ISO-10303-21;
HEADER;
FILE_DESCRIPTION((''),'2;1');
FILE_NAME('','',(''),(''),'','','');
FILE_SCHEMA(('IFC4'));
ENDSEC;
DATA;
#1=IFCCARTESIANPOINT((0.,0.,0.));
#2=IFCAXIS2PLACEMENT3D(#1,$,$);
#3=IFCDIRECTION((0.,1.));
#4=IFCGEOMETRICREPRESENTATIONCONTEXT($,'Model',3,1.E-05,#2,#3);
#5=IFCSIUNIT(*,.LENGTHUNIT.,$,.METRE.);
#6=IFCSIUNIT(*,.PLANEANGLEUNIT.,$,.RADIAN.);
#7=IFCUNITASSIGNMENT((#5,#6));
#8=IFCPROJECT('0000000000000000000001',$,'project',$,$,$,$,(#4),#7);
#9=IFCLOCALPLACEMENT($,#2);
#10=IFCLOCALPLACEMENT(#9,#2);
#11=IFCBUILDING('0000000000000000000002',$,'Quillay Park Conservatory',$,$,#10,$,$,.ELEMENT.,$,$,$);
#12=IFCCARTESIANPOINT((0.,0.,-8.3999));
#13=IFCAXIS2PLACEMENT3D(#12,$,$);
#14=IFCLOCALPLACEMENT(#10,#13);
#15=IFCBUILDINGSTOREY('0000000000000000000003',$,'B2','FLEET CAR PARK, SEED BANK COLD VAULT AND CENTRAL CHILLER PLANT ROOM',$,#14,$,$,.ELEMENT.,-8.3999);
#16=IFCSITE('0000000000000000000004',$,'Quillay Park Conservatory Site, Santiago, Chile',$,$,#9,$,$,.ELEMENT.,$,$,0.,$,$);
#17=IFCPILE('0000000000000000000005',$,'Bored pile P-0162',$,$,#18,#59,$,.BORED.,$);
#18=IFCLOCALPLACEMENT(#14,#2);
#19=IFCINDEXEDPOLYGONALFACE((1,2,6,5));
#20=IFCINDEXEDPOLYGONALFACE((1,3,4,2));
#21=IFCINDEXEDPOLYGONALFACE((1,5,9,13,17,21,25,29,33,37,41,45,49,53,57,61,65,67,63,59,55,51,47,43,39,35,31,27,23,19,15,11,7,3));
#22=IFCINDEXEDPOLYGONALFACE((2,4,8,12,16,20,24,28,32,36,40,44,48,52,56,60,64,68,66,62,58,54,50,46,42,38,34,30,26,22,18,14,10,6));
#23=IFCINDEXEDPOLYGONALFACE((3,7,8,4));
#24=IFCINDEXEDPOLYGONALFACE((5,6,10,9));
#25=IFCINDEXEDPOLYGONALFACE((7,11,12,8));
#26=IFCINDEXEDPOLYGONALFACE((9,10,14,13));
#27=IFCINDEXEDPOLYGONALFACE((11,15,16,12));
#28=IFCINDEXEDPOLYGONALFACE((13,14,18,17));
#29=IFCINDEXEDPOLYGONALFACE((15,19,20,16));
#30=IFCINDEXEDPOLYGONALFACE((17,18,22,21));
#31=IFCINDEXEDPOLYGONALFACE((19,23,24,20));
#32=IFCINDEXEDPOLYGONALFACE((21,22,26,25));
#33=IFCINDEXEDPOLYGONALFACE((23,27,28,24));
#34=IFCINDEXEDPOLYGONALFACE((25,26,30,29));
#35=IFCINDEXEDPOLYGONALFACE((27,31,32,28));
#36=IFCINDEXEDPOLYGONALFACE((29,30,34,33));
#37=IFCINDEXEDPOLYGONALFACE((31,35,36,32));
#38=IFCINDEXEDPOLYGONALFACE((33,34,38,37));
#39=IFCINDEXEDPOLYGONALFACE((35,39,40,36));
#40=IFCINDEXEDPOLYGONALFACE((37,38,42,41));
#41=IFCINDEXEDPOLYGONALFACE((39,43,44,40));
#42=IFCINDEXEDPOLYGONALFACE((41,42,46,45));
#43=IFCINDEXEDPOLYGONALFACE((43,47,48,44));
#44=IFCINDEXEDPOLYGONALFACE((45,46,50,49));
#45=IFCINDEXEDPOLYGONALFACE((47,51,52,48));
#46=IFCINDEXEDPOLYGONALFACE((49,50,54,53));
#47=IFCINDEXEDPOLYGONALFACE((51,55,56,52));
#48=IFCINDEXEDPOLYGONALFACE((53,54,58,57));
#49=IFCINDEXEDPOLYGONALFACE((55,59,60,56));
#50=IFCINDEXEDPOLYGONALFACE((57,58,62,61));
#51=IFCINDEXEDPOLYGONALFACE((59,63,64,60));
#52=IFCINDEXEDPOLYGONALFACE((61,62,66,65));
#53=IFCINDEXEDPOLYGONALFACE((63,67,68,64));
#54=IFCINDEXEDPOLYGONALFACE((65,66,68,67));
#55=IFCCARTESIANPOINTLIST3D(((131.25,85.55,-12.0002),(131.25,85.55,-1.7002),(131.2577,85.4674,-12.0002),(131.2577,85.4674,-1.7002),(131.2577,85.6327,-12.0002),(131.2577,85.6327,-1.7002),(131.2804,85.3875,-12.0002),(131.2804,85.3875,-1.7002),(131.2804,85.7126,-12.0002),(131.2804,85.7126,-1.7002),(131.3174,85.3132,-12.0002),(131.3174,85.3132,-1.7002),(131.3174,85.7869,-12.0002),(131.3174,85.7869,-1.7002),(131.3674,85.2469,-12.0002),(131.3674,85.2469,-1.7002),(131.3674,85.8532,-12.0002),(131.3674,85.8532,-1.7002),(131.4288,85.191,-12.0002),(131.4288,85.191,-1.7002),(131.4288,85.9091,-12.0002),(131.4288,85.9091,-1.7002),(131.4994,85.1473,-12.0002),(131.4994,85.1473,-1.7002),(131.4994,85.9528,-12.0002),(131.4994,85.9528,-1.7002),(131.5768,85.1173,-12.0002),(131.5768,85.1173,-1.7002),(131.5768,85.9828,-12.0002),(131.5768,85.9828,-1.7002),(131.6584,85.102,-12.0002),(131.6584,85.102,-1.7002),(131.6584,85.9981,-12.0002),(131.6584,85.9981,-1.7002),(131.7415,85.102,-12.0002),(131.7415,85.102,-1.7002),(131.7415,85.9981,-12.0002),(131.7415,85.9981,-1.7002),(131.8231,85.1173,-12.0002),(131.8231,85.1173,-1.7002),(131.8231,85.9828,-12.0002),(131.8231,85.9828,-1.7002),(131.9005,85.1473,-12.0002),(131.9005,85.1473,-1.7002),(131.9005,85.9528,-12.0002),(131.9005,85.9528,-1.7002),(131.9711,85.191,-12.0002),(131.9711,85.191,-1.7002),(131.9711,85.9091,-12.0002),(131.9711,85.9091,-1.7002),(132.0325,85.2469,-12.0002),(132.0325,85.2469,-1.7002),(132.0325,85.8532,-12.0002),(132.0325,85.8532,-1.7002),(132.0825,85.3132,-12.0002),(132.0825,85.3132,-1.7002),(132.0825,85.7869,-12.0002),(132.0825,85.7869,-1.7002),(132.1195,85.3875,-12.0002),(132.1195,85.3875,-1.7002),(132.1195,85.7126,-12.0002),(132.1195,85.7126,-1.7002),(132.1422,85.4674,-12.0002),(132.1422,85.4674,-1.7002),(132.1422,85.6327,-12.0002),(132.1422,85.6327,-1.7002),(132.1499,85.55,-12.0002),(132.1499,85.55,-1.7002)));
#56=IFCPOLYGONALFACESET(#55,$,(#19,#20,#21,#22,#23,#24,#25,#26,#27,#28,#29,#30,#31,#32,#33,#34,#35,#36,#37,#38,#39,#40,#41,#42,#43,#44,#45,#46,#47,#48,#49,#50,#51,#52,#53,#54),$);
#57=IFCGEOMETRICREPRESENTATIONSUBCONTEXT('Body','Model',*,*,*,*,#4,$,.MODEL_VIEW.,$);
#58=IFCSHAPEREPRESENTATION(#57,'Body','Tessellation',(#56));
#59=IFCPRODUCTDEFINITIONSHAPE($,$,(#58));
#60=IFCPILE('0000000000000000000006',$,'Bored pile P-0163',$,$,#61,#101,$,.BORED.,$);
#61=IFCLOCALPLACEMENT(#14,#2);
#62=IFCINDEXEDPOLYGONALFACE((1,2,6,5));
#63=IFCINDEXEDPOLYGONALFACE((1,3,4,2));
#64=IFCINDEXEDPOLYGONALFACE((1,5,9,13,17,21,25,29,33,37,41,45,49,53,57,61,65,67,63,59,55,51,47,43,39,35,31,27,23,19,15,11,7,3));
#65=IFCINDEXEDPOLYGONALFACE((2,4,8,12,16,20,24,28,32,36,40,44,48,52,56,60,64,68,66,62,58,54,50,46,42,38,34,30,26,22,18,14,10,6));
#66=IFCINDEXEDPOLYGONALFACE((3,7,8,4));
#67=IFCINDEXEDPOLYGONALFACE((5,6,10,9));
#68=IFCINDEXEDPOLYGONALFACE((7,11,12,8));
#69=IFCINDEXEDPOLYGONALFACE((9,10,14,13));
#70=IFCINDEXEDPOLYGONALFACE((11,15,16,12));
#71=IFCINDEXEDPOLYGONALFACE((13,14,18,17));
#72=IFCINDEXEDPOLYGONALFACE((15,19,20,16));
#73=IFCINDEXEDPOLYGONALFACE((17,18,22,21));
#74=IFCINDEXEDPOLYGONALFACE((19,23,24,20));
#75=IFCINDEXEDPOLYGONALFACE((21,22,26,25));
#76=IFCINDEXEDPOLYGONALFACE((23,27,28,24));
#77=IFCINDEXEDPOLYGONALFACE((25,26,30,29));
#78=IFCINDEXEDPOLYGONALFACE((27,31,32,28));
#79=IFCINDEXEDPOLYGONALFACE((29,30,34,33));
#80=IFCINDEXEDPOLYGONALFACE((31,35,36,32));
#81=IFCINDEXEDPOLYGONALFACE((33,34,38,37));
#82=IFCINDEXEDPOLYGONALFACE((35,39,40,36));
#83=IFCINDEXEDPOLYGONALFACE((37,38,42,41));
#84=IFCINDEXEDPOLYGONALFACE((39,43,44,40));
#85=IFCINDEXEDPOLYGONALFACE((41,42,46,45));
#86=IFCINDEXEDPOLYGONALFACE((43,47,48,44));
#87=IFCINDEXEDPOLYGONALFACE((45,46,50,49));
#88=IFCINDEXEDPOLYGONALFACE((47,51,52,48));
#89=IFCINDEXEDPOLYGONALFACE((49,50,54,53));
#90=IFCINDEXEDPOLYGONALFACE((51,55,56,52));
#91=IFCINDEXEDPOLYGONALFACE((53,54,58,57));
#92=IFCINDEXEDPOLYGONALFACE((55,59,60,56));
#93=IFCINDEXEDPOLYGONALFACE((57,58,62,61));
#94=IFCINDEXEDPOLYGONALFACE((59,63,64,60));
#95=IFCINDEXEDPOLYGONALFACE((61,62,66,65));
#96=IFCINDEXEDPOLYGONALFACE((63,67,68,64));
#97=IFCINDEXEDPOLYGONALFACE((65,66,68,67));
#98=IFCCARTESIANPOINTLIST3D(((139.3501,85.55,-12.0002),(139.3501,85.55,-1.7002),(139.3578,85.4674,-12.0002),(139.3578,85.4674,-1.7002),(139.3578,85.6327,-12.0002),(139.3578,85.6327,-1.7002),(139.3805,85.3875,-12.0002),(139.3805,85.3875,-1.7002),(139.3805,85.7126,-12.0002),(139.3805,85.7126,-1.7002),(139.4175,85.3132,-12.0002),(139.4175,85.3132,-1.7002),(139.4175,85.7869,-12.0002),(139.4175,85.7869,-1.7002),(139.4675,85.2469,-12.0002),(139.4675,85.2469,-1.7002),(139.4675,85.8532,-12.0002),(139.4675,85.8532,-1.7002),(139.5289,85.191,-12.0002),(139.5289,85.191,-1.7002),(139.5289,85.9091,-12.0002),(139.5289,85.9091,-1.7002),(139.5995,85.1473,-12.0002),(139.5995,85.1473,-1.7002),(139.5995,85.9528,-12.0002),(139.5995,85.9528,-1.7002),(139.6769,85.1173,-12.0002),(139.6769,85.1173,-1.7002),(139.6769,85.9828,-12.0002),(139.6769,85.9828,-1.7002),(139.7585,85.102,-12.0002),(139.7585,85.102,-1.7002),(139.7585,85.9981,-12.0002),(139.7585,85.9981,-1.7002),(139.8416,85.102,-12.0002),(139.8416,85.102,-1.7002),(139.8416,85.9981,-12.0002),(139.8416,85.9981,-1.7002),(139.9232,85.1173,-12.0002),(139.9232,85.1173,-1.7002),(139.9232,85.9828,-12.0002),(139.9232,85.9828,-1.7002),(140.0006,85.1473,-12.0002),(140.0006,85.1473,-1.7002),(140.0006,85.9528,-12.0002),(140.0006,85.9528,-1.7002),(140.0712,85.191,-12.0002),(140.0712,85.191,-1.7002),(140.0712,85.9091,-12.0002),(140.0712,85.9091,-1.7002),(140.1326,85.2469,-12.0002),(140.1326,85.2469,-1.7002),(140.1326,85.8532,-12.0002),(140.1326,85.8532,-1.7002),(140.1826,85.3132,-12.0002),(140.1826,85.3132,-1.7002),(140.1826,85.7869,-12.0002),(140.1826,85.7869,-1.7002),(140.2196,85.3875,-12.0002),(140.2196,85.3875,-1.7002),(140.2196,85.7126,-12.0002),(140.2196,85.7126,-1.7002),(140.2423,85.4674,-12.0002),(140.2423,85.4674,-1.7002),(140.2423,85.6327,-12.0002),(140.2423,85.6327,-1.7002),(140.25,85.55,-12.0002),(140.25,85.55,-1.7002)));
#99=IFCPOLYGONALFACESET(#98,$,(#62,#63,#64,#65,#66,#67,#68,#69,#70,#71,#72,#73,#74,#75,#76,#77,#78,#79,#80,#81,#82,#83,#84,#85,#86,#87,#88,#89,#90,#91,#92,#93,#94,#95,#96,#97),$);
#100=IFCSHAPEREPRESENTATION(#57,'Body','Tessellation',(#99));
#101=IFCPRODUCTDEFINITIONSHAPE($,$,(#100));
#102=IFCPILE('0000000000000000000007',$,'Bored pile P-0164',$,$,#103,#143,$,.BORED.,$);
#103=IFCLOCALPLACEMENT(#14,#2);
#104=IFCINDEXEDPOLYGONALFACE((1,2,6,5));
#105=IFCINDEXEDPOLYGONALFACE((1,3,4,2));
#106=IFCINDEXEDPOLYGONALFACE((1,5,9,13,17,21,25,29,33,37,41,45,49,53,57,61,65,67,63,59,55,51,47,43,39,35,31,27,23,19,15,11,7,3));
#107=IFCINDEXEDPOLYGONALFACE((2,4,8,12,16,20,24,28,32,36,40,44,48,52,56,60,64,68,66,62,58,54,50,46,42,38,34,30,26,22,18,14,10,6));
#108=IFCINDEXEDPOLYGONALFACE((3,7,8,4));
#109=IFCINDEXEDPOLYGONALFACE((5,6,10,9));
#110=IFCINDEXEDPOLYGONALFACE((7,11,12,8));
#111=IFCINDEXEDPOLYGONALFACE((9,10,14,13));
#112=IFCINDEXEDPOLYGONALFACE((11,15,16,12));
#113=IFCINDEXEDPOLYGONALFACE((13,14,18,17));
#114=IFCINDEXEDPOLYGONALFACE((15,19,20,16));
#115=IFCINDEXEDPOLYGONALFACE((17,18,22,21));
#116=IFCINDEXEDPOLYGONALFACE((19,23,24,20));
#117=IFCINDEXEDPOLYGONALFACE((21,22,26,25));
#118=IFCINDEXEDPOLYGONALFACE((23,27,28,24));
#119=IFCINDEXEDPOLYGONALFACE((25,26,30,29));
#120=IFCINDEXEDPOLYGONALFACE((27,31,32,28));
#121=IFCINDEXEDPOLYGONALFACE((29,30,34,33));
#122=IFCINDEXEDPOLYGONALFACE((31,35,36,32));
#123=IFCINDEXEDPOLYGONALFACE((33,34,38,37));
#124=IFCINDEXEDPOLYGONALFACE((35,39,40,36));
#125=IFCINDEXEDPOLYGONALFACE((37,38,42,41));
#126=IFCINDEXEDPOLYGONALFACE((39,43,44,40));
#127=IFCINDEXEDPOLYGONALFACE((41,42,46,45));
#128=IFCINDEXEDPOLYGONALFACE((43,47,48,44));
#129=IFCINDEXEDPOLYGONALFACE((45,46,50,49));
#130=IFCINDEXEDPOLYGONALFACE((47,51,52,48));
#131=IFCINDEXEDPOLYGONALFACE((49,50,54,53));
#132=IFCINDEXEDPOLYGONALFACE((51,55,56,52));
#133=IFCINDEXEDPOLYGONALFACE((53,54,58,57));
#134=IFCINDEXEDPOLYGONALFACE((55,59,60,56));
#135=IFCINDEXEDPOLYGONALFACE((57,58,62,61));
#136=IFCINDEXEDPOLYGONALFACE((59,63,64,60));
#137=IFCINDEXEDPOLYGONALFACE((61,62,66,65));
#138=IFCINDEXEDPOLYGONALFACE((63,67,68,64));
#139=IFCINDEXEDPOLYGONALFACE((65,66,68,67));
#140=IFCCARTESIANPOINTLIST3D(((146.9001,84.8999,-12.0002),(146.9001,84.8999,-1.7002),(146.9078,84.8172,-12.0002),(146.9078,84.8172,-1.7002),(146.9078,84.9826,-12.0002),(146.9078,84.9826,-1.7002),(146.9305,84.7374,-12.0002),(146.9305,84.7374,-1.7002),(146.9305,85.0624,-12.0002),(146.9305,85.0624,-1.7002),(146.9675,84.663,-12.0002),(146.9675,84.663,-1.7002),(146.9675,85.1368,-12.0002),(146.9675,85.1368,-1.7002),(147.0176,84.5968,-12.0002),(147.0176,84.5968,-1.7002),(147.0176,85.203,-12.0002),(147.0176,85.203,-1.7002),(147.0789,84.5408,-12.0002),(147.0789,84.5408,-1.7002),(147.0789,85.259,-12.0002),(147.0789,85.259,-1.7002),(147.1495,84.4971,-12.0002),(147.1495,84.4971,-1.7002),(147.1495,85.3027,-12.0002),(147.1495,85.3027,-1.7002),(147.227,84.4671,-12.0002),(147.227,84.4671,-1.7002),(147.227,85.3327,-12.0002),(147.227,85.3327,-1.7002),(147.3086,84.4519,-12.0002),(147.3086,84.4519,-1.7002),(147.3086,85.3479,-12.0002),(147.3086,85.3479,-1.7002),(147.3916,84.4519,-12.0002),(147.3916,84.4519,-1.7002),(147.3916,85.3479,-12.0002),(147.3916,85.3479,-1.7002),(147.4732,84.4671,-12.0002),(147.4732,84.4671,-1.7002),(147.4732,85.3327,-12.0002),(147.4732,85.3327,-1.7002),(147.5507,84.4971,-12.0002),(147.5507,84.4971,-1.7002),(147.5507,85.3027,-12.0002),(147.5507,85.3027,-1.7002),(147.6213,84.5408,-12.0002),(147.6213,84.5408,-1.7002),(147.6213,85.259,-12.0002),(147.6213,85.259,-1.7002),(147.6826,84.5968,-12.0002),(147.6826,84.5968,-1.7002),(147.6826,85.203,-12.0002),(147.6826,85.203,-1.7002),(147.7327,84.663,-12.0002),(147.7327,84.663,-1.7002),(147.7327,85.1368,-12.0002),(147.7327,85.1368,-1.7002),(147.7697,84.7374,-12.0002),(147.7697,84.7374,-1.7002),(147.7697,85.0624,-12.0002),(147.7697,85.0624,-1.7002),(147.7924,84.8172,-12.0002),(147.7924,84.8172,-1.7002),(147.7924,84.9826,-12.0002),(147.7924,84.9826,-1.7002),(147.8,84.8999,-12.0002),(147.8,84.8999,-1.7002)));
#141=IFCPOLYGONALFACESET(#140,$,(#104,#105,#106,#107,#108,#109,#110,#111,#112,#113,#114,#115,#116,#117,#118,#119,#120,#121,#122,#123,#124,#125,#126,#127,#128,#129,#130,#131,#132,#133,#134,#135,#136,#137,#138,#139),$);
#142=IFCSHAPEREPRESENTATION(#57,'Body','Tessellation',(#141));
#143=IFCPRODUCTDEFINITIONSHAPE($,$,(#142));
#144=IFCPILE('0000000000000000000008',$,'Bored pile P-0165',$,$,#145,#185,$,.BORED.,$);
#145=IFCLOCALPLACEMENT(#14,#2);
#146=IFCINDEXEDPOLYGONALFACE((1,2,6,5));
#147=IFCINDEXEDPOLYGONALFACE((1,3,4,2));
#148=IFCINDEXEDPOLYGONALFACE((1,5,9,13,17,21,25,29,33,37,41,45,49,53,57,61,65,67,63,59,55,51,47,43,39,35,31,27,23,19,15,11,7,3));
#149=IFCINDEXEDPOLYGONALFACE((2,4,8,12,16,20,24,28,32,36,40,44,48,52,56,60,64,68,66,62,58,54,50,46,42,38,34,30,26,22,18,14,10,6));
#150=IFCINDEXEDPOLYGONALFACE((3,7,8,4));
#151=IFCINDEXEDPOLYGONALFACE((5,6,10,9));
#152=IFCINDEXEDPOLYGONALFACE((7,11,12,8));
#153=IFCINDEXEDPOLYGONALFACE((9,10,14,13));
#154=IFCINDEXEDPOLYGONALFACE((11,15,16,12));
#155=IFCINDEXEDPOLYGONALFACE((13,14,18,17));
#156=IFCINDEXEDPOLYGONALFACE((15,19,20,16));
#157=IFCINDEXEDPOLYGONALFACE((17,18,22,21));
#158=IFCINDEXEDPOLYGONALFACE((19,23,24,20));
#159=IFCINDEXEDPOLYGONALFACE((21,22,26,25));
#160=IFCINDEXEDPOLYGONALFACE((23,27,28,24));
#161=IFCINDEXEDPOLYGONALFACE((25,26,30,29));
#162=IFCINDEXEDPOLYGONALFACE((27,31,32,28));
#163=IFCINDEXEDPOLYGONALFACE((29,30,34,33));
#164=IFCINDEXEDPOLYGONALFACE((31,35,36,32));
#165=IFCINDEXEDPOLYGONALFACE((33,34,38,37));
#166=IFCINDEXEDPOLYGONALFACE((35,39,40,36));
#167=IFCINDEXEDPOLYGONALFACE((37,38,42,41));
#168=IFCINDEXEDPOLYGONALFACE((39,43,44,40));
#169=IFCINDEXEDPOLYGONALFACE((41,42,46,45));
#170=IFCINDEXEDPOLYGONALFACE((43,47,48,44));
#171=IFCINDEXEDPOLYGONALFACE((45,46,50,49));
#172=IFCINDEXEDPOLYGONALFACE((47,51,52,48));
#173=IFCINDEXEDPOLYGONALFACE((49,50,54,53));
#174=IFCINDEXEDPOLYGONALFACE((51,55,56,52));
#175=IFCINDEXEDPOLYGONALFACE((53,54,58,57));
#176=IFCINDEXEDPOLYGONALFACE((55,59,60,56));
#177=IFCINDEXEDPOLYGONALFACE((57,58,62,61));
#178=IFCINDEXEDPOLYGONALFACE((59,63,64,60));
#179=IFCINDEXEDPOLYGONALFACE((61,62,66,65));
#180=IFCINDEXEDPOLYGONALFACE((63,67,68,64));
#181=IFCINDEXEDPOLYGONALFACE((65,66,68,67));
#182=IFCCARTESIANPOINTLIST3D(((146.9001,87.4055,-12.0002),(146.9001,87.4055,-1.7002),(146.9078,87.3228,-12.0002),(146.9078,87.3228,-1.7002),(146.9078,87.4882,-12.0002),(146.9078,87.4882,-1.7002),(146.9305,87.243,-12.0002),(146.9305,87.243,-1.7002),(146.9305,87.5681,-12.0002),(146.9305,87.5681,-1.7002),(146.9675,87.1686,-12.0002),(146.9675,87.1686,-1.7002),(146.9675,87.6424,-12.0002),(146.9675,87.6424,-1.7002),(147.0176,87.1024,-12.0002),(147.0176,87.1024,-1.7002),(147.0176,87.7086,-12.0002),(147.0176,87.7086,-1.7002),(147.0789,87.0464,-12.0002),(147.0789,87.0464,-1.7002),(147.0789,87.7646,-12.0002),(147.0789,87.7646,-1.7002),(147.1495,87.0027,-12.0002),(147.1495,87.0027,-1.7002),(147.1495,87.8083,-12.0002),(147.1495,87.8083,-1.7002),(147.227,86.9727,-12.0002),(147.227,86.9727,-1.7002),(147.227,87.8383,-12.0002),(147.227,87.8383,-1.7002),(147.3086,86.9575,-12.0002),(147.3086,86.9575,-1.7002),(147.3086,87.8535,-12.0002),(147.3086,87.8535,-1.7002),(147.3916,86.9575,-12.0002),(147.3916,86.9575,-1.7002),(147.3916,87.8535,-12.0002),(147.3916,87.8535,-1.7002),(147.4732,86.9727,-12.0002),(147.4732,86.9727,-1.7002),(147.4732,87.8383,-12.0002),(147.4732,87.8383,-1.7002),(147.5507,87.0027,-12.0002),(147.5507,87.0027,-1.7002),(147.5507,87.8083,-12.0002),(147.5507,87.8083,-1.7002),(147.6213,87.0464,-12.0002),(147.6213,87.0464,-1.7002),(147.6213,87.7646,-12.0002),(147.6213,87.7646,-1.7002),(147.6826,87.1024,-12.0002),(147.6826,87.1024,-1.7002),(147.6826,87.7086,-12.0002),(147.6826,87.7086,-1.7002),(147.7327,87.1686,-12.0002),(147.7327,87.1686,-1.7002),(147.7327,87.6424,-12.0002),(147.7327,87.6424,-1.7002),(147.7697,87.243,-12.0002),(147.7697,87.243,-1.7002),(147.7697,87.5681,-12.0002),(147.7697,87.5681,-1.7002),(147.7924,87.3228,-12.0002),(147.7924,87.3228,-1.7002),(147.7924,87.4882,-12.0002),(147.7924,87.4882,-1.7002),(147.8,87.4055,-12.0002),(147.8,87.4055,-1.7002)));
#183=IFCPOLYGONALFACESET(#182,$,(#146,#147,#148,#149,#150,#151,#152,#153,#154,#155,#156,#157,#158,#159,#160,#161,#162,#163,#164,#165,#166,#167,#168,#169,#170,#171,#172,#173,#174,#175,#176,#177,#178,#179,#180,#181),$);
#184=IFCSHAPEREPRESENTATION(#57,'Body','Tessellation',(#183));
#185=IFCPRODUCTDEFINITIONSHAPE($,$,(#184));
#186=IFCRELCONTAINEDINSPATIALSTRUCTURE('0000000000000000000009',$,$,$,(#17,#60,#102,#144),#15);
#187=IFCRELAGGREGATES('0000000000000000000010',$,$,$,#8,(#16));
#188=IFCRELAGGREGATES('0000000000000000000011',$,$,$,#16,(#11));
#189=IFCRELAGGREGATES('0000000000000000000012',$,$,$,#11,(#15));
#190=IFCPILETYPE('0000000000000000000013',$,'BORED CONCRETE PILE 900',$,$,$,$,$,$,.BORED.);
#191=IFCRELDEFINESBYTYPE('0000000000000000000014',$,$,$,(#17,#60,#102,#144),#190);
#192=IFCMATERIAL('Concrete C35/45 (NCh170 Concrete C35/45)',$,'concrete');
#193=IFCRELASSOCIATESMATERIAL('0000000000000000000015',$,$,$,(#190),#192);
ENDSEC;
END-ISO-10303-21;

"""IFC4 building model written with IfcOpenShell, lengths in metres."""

from ifc_helpers import new_model, si_unit, direction, frame, origin, origin_2d, place, context, subcontext, project, spatial, circle, extrude, material, material_profile, profile_set, type_object, element, save


model = new_model("IFC4")

# Units and contexts
model_context = context("Model", 3, precision=1e-05, world=origin(), true_north=direction((0.0, 1.0)))
body_context = subcontext(model_context, "Body", "Model", "MODEL_VIEW")
ifc_project = project(units=[si_unit("LENGTHUNIT", "METRE"), si_unit("PLANEANGLEUNIT", "RADIAN")], contexts=[model_context])

# Site, building, storey
site_placement = place(None, origin())
site = spatial("IfcSite", under=ifc_project, at=site_placement, Name="Quillay Park Conservatory Site, Santiago, Chile", CompositionType="ELEMENT", RefElevation=0.0)
building_placement = place(site_placement, origin())
building = spatial("IfcBuilding", under=site, at=building_placement, Name="Quillay Park Conservatory", CompositionType="ELEMENT")
storey_placement = place(building_placement, frame((0.0, 0.0, -8.3999)))
storey = spatial("IfcBuildingStorey", under=building, at=storey_placement, Name="B2", Description="FLEET CAR PARK, SEED BANK COLD VAULT AND CENTRAL CHILLER PLANT ROOM", CompositionType="ELEMENT", Elevation=-8.3999)

# Piles
ifc_material_1 = material(Name="Concrete C35/45 (NCh170 Concrete C35/45)", Category="concrete")
ifc_material_profile_1 = material_profile(ifc_material_1, circle(Radius=0.45, at=origin_2d()), Name="PILE900")
ifc_profile_set_1 = profile_set([ifc_material_profile_1], Name="Concrete C35/45 (NCh170 Concrete C35/45)")
pile_type = type_object("IfcPileType", Name="BORED CONCRETE PILE 900", PredefinedType="BORED", material=ifc_profile_set_1)
for number, where, z_axis, x_axis, name in (
    (1, (131.7, 85.55, -1.7002), (0.0, 0.0, -1.0), (1.0, 0.0, 0.0), "Bored pile P-0162"),
    (2, (139.8, 85.55, -1.7002), (0.0, 0.0, -1.0), (1.0, 0.0, 0.0), "Bored pile P-0163"),
    (3, (147.3501, 84.8999, -1.7002), (0.0, 0.0, -1.0), (1.0, 0.0, 0.0), "Bored pile P-0164"),
    (4, (147.3501, 87.4055, -1.7002), (0.0, 0.0, -1.0), (1.0, 0.0, 0.0), "Bored pile P-0165"),
):
    element("IfcPile", number, at=place(storey_placement, frame(where, z_axis=z_axis, x_axis=x_axis)), inside=storey, type_object=pile_type, Name=name, PredefinedType="BORED", context=body_context, shape_type="SweptSolid", body=[
        extrude(circle(Radius=0.45, at=origin_2d()), origin(), (0.0, 0.0, 1.0), 10.3),
    ])

save(model, "model.ifc")
